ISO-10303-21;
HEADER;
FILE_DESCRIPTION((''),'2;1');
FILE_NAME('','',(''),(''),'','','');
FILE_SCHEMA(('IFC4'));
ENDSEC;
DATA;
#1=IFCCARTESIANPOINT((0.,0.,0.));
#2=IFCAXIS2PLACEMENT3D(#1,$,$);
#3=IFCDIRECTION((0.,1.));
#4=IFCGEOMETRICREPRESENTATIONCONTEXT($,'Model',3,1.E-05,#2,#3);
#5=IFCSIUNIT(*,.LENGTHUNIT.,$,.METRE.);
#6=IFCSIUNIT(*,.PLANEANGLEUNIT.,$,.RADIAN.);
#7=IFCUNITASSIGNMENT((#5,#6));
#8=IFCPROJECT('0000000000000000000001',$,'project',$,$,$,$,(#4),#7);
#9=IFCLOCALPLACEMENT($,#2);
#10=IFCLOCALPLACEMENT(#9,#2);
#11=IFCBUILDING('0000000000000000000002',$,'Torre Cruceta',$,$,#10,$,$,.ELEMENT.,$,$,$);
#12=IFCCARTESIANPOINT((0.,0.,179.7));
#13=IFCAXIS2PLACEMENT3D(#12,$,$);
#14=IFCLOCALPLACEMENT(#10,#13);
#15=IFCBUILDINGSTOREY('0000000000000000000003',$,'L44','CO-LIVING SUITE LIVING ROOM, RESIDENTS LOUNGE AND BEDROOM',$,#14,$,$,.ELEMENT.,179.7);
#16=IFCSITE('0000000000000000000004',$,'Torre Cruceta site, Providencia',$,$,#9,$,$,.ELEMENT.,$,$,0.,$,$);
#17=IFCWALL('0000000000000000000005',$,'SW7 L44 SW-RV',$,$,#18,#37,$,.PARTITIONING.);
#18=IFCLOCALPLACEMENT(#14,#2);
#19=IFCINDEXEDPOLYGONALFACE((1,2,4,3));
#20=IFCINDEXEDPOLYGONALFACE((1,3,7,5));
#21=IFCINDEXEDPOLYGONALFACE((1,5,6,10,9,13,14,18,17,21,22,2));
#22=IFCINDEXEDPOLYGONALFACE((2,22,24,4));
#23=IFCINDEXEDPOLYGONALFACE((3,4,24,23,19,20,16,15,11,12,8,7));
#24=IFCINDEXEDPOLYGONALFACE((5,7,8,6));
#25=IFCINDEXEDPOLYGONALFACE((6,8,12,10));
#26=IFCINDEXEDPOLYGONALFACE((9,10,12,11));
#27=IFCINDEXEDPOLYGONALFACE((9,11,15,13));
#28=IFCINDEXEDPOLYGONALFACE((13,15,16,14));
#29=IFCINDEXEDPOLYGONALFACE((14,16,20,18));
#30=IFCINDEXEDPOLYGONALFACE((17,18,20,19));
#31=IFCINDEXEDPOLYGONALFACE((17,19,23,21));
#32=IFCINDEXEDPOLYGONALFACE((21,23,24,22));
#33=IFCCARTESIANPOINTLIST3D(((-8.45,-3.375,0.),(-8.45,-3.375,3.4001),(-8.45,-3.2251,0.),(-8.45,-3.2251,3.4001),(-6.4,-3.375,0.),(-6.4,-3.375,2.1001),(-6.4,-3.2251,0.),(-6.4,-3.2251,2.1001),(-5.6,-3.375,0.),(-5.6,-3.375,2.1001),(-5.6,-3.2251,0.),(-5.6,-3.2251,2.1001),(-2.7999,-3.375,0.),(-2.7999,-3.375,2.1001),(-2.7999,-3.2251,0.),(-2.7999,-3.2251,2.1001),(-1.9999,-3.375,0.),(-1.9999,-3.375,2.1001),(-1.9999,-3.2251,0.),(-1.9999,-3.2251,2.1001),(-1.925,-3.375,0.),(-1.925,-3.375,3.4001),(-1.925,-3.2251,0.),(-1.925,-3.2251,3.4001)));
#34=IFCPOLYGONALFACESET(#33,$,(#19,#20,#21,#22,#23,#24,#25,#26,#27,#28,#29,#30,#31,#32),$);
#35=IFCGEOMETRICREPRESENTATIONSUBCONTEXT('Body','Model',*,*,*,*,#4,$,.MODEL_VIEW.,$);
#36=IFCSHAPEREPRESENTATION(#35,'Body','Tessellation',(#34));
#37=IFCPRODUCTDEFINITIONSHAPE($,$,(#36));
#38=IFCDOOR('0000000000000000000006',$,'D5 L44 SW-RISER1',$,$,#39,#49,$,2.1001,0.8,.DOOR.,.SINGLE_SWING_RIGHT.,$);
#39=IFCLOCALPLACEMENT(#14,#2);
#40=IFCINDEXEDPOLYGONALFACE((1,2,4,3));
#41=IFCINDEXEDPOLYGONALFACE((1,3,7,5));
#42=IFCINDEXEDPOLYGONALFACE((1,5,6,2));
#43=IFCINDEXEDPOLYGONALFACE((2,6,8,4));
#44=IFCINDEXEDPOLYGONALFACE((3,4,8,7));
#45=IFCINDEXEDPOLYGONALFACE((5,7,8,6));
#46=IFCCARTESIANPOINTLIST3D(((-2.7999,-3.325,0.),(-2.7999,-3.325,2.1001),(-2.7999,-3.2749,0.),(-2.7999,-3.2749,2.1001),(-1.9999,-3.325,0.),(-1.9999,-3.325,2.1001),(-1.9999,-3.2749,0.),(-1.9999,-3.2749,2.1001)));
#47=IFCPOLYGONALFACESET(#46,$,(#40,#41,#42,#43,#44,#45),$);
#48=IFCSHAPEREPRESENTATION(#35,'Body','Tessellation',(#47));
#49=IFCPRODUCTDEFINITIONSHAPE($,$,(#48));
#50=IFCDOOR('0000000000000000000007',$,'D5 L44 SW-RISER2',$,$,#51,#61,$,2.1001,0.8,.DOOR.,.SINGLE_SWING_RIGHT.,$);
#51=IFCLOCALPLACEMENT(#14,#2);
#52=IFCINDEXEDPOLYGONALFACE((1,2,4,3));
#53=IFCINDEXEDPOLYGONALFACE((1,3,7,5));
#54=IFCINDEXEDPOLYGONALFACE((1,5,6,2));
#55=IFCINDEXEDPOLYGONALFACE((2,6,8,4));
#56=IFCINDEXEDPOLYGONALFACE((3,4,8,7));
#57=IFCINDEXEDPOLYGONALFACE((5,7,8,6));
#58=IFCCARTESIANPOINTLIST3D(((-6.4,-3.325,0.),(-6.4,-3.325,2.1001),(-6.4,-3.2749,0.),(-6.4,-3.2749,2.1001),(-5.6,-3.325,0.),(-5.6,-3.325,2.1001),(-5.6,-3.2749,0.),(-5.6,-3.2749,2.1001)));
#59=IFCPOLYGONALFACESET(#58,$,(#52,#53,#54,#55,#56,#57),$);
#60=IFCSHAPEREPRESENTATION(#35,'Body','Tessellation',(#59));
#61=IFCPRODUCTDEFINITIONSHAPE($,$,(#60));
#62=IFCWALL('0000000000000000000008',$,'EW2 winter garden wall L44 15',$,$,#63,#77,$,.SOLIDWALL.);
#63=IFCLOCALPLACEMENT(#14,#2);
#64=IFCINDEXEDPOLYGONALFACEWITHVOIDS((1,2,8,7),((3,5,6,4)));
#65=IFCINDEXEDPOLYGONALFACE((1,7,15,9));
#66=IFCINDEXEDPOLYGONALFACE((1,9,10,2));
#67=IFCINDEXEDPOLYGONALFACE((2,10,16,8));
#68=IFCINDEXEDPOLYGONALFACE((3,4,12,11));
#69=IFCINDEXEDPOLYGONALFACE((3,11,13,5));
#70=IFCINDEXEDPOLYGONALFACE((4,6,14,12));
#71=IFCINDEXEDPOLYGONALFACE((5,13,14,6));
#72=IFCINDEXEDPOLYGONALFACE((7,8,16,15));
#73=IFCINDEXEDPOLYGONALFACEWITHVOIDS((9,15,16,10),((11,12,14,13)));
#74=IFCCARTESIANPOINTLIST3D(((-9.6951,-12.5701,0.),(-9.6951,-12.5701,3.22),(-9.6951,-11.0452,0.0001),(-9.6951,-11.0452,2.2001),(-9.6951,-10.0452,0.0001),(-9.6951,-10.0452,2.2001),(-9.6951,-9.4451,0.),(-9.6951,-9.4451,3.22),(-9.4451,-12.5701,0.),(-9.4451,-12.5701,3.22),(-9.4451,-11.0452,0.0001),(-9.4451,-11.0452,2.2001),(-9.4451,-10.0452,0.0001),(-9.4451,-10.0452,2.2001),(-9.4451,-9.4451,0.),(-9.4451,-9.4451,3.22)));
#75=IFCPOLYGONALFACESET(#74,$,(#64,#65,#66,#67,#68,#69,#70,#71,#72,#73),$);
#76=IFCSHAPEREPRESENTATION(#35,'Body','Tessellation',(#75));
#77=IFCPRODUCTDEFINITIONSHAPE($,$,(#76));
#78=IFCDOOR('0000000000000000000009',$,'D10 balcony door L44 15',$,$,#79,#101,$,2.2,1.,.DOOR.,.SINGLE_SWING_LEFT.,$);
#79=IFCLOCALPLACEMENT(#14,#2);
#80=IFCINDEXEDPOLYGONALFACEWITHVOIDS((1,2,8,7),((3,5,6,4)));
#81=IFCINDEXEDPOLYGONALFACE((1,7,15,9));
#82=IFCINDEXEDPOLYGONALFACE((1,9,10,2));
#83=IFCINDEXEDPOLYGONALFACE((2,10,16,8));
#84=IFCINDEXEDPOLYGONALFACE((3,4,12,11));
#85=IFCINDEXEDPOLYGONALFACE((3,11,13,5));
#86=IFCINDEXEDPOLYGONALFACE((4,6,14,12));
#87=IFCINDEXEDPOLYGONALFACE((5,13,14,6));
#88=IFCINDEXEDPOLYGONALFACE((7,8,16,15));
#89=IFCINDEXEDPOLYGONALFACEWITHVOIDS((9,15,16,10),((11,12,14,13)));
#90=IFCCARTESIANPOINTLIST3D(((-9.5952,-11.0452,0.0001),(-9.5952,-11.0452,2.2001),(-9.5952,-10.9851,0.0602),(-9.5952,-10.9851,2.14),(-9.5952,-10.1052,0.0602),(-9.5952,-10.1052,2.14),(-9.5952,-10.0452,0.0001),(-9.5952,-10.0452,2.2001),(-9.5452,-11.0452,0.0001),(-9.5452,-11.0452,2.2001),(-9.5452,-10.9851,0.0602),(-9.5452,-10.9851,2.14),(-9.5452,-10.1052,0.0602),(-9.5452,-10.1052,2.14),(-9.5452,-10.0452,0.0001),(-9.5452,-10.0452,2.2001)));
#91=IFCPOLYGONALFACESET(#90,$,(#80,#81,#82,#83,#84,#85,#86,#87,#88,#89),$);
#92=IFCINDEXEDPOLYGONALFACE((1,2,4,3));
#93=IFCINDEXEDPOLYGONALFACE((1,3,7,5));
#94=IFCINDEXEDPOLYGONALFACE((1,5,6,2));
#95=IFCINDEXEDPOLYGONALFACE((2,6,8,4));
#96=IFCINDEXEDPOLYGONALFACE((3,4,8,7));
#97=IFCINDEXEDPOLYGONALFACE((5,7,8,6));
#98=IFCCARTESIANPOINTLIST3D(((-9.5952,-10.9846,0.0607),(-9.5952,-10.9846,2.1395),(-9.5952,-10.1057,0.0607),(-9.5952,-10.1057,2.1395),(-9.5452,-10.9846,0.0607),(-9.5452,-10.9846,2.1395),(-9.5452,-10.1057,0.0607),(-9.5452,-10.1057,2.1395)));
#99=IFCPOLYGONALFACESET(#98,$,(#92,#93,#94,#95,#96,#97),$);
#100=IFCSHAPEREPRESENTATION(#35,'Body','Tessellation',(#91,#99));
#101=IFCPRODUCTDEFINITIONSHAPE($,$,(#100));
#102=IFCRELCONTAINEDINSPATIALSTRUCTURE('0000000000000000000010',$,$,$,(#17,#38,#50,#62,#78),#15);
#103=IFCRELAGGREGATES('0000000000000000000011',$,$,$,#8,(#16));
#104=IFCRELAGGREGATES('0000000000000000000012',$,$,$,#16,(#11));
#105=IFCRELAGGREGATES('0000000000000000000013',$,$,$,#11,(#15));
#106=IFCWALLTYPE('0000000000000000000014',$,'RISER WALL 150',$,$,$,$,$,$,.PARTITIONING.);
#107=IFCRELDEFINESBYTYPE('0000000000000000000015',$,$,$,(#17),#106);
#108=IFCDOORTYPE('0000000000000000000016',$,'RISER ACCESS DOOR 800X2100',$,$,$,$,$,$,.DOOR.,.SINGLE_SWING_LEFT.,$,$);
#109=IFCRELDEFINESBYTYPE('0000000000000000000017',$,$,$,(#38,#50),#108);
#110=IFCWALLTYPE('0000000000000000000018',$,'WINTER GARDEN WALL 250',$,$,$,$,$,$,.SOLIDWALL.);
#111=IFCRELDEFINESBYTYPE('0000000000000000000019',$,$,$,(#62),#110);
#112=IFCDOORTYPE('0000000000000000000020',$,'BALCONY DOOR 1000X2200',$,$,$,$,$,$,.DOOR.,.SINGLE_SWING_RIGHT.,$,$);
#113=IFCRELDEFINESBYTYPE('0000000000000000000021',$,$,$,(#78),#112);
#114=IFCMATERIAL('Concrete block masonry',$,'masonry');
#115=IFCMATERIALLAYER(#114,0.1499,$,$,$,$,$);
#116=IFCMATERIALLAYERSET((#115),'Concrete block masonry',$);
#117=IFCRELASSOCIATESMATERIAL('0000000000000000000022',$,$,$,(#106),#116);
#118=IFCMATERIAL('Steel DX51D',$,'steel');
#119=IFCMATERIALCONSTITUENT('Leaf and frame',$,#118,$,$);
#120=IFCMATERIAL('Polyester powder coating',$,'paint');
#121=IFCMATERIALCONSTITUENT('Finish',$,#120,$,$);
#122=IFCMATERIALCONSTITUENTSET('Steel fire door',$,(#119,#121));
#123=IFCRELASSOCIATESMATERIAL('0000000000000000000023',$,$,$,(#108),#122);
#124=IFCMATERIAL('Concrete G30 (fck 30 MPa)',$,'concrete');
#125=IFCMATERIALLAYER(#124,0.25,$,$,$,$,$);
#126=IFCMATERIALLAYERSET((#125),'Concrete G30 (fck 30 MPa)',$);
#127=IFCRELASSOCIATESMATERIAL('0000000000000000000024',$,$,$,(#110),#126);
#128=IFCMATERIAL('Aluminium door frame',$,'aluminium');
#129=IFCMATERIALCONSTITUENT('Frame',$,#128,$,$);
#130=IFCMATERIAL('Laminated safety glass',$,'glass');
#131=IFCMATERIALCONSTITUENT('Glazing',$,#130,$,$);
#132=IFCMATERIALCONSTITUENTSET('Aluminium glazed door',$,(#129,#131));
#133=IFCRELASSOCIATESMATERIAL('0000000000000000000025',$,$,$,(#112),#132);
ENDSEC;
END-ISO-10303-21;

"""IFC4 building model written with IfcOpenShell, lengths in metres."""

from ifc_helpers import new_model, si_unit, direction, frame, frame_2d, origin, place, context, subcontext, project, spatial, rectangle, hollow_rectangle, extrude, material, layer, layer_set, constituent, constituent_set, type_object, element, fill, save


model = new_model("IFC4")

# Units and contexts
model_context = context("Model", 3, precision=1e-05, world=origin(), true_north=direction((0.0, 1.0)))
body_context = subcontext(model_context, "Body", "Model", "MODEL_VIEW")
ifc_project = project(units=[si_unit("LENGTHUNIT", "METRE"), si_unit("PLANEANGLEUNIT", "RADIAN")], contexts=[model_context])

# Site, building, storey
site_placement = place(None, origin())
site = spatial("IfcSite", under=ifc_project, at=site_placement, Name="Torre Cruceta site, Providencia", CompositionType="ELEMENT", RefElevation=0.0)
building_placement = place(site_placement, origin())
building = spatial("IfcBuilding", under=site, at=building_placement, Name="Torre Cruceta", CompositionType="ELEMENT")
storey_placement = place(building_placement, frame((0.0, 0.0, 179.7)))
storey = spatial("IfcBuildingStorey", under=building, at=storey_placement, Name="L44", Description="CO-LIVING SUITE LIVING ROOM, RESIDENTS LOUNGE AND BEDROOM", CompositionType="ELEMENT", Elevation=179.7)

# Wall, openings, doors
ifc_material_1 = material(Name="Concrete block masonry", Category="masonry")
ifc_layer_1 = layer(ifc_material_1, 0.1499)
ifc_layer_set_1 = layer_set([ifc_layer_1], Name="Concrete block masonry")
wall_type_1 = type_object("IfcWallType", Name="RISER WALL 150", PredefinedType="PARTITIONING", material=ifc_layer_set_1)
wall_1_placement = place(storey_placement, frame((-1.925, -3.3, 0.0), z_axis=(0.0, 0.0, 1.0), x_axis=(-1.0, 0.0, 0.0)))
wall_1 = element("IfcWall", 1, at=wall_1_placement, inside=storey, type_object=wall_type_1, Name="SW7 L44 SW-RV", PredefinedType="PARTITIONING", context=body_context, shape_type="SweptSolid", body=[
    extrude(rectangle(XDim=6.5249, YDim=0.1499, at=frame_2d((3.2625, 0.0))), origin(), (0.0, 0.0, 1.0), 3.4001),
])
opening_1_placement = place(wall_1_placement, frame((0.075, 0.0, 0.0)))
opening_1 = element("IfcOpeningElement", 2, at=opening_1_placement, cuts=wall_1, PredefinedType="OPENING", context=body_context, shape_type="SweptSolid", body=[
    extrude(rectangle(XDim=0.8, YDim=2.1001, at=frame_2d((0.3999, 1.05))), frame((0.0, 0.085, 0.0), z_axis=(0.0, -1.0, 0.0), x_axis=(1.0, 0.0, 0.0)), (0.0, 0.0, 1.0), 0.1699),
])
opening_2_placement = place(wall_1_placement, frame((3.675, 0.0, 0.0)))
opening_2 = element("IfcOpeningElement", 3, at=opening_2_placement, cuts=wall_1, PredefinedType="OPENING", context=body_context, shape_type="SweptSolid", body=[
    extrude(rectangle(XDim=0.8, YDim=2.1001, at=frame_2d((0.3999, 1.05))), frame((0.0, 0.085, 0.0), z_axis=(0.0, -1.0, 0.0), x_axis=(1.0, 0.0, 0.0)), (0.0, 0.0, 1.0), 0.1699),
])
ifc_material_2 = material(Name="Steel DX51D", Category="steel")
ifc_constituent_1 = constituent(ifc_material_2, Name="Leaf and frame")
ifc_material_3 = material(Name="Polyester powder coating", Category="paint")
ifc_constituent_2 = constituent(ifc_material_3, Name="Finish")
ifc_constituent_set_1 = constituent_set(constituents=[ifc_constituent_1, ifc_constituent_2], Name="Steel fire door")
door_type_1 = type_object("IfcDoorType", Name="RISER ACCESS DOOR 800X2100", OperationType="SINGLE_SWING_LEFT", PredefinedType="DOOR", material=ifc_constituent_set_1)
door_1_placement = place(opening_1_placement, frame((0.8, 0.0, 0.0), z_axis=(0.0, 0.0, 1.0), x_axis=(-1.0, 0.0, 0.0)))
door_1 = element("IfcDoor", 4, at=door_1_placement, inside=storey, type_object=door_type_1, Name="D5 L44 SW-RISER1", OperationType="SINGLE_SWING_RIGHT", OverallHeight=2.1001, OverallWidth=0.8, PredefinedType="DOOR", context=body_context, shape_type="SweptSolid", body=[
    extrude(rectangle(XDim=0.8, YDim=2.1001, at=frame_2d((0.4001, 1.05))), frame((0.0, 0.0251, 0.0), z_axis=(0.0, -1.0, 0.0), x_axis=(1.0, 0.0, 0.0)), (0.0, 0.0, 1.0), 0.05),
])
fill(opening_1, door_1)
door_2_placement = place(opening_2_placement, frame((0.8, 0.0, 0.0), z_axis=(0.0, 0.0, 1.0), x_axis=(-1.0, 0.0, 0.0)))
door_2 = element("IfcDoor", 5, at=door_2_placement, inside=storey, type_object=door_type_1, Name="D5 L44 SW-RISER2", OperationType="SINGLE_SWING_RIGHT", OverallHeight=2.1001, OverallWidth=0.8, PredefinedType="DOOR", context=body_context, shape_type="SweptSolid", body=[
    extrude(rectangle(XDim=0.8, YDim=2.1001, at=frame_2d((0.4001, 1.05))), frame((0.0, 0.0251, 0.0), z_axis=(0.0, -1.0, 0.0), x_axis=(1.0, 0.0, 0.0)), (0.0, 0.0, 1.0), 0.05),
])
fill(opening_2, door_2)

# Wall, opening, door
ifc_material_4 = material(Name="Concrete G30 (fck 30 MPa)", Category="concrete")
ifc_layer_2 = layer(ifc_material_4, 0.25)
ifc_layer_set_2 = layer_set([ifc_layer_2], Name="Concrete G30 (fck 30 MPa)")
wall_type_2 = type_object("IfcWallType", Name="WINTER GARDEN WALL 250", PredefinedType="SOLIDWALL", material=ifc_layer_set_2)
wall_2_placement = place(storey_placement, frame((-9.5701, -9.4451, 0.0), z_axis=(0.0, 0.0, 1.0), x_axis=(0.0, -1.0, 0.0)))
wall_2 = element("IfcWall", 6, at=wall_2_placement, inside=storey, type_object=wall_type_2, Name="EW2 winter garden wall L44 15", PredefinedType="SOLIDWALL", context=body_context, shape_type="SweptSolid", body=[
    extrude(rectangle(XDim=3.125, YDim=0.25, at=frame_2d((1.5625, 0.0))), origin(), (0.0, 0.0, 1.0), 3.22),
])
opening_3_placement = place(wall_2_placement, frame((0.6001, 0.0, 0.0)))
opening_3 = element("IfcOpeningElement", 7, at=opening_3_placement, cuts=wall_2, PredefinedType="OPENING", context=body_context, shape_type="SweptSolid", body=[
    extrude(rectangle(XDim=1.0, YDim=2.2, at=frame_2d((0.5, 1.1001))), frame((0.0, 0.135, 0.0), z_axis=(0.0, -1.0, 0.0), x_axis=(1.0, 0.0, 0.0)), (0.0, 0.0, 1.0), 0.27),
])
ifc_material_5 = material(Name="Aluminium door frame", Category="aluminium")
ifc_constituent_3 = constituent(ifc_material_5, Name="Frame")
ifc_material_6 = material(Name="Laminated safety glass", Category="glass")
ifc_constituent_4 = constituent(ifc_material_6, Name="Glazing")
ifc_constituent_set_2 = constituent_set(constituents=[ifc_constituent_3, ifc_constituent_4], Name="Aluminium glazed door")
door_type_2 = type_object("IfcDoorType", Name="BALCONY DOOR 1000X2200", OperationType="SINGLE_SWING_RIGHT", PredefinedType="DOOR", material=ifc_constituent_set_2)
door_3_placement = place(opening_3_placement, origin())
door_3 = element("IfcDoor", 8, at=door_3_placement, inside=storey, type_object=door_type_2, Name="D10 balcony door L44 15", OperationType="SINGLE_SWING_LEFT", OverallHeight=2.2, OverallWidth=1.0, PredefinedType="DOOR", context=body_context, shape_type="SweptSolid", body=[
    extrude(hollow_rectangle(XDim=1.0, YDim=2.2, WallThickness=0.0601, at=frame_2d((0.5, 1.1001))), frame((0.0, 0.0249, 0.0), z_axis=(0.0, -1.0, 0.0), x_axis=(1.0, 0.0, 0.0)), (0.0, 0.0, 1.0), 0.05),
    extrude(rectangle(XDim=0.8789, YDim=2.0789, at=frame_2d((0.5, 1.1001))), frame((0.0, 0.0249, 0.0), z_axis=(0.0, -1.0, 0.0), x_axis=(1.0, 0.0, 0.0)), (0.0, 0.0, 1.0), 0.05),
])
fill(opening_3, door_3)

save(model, "model.ifc")
